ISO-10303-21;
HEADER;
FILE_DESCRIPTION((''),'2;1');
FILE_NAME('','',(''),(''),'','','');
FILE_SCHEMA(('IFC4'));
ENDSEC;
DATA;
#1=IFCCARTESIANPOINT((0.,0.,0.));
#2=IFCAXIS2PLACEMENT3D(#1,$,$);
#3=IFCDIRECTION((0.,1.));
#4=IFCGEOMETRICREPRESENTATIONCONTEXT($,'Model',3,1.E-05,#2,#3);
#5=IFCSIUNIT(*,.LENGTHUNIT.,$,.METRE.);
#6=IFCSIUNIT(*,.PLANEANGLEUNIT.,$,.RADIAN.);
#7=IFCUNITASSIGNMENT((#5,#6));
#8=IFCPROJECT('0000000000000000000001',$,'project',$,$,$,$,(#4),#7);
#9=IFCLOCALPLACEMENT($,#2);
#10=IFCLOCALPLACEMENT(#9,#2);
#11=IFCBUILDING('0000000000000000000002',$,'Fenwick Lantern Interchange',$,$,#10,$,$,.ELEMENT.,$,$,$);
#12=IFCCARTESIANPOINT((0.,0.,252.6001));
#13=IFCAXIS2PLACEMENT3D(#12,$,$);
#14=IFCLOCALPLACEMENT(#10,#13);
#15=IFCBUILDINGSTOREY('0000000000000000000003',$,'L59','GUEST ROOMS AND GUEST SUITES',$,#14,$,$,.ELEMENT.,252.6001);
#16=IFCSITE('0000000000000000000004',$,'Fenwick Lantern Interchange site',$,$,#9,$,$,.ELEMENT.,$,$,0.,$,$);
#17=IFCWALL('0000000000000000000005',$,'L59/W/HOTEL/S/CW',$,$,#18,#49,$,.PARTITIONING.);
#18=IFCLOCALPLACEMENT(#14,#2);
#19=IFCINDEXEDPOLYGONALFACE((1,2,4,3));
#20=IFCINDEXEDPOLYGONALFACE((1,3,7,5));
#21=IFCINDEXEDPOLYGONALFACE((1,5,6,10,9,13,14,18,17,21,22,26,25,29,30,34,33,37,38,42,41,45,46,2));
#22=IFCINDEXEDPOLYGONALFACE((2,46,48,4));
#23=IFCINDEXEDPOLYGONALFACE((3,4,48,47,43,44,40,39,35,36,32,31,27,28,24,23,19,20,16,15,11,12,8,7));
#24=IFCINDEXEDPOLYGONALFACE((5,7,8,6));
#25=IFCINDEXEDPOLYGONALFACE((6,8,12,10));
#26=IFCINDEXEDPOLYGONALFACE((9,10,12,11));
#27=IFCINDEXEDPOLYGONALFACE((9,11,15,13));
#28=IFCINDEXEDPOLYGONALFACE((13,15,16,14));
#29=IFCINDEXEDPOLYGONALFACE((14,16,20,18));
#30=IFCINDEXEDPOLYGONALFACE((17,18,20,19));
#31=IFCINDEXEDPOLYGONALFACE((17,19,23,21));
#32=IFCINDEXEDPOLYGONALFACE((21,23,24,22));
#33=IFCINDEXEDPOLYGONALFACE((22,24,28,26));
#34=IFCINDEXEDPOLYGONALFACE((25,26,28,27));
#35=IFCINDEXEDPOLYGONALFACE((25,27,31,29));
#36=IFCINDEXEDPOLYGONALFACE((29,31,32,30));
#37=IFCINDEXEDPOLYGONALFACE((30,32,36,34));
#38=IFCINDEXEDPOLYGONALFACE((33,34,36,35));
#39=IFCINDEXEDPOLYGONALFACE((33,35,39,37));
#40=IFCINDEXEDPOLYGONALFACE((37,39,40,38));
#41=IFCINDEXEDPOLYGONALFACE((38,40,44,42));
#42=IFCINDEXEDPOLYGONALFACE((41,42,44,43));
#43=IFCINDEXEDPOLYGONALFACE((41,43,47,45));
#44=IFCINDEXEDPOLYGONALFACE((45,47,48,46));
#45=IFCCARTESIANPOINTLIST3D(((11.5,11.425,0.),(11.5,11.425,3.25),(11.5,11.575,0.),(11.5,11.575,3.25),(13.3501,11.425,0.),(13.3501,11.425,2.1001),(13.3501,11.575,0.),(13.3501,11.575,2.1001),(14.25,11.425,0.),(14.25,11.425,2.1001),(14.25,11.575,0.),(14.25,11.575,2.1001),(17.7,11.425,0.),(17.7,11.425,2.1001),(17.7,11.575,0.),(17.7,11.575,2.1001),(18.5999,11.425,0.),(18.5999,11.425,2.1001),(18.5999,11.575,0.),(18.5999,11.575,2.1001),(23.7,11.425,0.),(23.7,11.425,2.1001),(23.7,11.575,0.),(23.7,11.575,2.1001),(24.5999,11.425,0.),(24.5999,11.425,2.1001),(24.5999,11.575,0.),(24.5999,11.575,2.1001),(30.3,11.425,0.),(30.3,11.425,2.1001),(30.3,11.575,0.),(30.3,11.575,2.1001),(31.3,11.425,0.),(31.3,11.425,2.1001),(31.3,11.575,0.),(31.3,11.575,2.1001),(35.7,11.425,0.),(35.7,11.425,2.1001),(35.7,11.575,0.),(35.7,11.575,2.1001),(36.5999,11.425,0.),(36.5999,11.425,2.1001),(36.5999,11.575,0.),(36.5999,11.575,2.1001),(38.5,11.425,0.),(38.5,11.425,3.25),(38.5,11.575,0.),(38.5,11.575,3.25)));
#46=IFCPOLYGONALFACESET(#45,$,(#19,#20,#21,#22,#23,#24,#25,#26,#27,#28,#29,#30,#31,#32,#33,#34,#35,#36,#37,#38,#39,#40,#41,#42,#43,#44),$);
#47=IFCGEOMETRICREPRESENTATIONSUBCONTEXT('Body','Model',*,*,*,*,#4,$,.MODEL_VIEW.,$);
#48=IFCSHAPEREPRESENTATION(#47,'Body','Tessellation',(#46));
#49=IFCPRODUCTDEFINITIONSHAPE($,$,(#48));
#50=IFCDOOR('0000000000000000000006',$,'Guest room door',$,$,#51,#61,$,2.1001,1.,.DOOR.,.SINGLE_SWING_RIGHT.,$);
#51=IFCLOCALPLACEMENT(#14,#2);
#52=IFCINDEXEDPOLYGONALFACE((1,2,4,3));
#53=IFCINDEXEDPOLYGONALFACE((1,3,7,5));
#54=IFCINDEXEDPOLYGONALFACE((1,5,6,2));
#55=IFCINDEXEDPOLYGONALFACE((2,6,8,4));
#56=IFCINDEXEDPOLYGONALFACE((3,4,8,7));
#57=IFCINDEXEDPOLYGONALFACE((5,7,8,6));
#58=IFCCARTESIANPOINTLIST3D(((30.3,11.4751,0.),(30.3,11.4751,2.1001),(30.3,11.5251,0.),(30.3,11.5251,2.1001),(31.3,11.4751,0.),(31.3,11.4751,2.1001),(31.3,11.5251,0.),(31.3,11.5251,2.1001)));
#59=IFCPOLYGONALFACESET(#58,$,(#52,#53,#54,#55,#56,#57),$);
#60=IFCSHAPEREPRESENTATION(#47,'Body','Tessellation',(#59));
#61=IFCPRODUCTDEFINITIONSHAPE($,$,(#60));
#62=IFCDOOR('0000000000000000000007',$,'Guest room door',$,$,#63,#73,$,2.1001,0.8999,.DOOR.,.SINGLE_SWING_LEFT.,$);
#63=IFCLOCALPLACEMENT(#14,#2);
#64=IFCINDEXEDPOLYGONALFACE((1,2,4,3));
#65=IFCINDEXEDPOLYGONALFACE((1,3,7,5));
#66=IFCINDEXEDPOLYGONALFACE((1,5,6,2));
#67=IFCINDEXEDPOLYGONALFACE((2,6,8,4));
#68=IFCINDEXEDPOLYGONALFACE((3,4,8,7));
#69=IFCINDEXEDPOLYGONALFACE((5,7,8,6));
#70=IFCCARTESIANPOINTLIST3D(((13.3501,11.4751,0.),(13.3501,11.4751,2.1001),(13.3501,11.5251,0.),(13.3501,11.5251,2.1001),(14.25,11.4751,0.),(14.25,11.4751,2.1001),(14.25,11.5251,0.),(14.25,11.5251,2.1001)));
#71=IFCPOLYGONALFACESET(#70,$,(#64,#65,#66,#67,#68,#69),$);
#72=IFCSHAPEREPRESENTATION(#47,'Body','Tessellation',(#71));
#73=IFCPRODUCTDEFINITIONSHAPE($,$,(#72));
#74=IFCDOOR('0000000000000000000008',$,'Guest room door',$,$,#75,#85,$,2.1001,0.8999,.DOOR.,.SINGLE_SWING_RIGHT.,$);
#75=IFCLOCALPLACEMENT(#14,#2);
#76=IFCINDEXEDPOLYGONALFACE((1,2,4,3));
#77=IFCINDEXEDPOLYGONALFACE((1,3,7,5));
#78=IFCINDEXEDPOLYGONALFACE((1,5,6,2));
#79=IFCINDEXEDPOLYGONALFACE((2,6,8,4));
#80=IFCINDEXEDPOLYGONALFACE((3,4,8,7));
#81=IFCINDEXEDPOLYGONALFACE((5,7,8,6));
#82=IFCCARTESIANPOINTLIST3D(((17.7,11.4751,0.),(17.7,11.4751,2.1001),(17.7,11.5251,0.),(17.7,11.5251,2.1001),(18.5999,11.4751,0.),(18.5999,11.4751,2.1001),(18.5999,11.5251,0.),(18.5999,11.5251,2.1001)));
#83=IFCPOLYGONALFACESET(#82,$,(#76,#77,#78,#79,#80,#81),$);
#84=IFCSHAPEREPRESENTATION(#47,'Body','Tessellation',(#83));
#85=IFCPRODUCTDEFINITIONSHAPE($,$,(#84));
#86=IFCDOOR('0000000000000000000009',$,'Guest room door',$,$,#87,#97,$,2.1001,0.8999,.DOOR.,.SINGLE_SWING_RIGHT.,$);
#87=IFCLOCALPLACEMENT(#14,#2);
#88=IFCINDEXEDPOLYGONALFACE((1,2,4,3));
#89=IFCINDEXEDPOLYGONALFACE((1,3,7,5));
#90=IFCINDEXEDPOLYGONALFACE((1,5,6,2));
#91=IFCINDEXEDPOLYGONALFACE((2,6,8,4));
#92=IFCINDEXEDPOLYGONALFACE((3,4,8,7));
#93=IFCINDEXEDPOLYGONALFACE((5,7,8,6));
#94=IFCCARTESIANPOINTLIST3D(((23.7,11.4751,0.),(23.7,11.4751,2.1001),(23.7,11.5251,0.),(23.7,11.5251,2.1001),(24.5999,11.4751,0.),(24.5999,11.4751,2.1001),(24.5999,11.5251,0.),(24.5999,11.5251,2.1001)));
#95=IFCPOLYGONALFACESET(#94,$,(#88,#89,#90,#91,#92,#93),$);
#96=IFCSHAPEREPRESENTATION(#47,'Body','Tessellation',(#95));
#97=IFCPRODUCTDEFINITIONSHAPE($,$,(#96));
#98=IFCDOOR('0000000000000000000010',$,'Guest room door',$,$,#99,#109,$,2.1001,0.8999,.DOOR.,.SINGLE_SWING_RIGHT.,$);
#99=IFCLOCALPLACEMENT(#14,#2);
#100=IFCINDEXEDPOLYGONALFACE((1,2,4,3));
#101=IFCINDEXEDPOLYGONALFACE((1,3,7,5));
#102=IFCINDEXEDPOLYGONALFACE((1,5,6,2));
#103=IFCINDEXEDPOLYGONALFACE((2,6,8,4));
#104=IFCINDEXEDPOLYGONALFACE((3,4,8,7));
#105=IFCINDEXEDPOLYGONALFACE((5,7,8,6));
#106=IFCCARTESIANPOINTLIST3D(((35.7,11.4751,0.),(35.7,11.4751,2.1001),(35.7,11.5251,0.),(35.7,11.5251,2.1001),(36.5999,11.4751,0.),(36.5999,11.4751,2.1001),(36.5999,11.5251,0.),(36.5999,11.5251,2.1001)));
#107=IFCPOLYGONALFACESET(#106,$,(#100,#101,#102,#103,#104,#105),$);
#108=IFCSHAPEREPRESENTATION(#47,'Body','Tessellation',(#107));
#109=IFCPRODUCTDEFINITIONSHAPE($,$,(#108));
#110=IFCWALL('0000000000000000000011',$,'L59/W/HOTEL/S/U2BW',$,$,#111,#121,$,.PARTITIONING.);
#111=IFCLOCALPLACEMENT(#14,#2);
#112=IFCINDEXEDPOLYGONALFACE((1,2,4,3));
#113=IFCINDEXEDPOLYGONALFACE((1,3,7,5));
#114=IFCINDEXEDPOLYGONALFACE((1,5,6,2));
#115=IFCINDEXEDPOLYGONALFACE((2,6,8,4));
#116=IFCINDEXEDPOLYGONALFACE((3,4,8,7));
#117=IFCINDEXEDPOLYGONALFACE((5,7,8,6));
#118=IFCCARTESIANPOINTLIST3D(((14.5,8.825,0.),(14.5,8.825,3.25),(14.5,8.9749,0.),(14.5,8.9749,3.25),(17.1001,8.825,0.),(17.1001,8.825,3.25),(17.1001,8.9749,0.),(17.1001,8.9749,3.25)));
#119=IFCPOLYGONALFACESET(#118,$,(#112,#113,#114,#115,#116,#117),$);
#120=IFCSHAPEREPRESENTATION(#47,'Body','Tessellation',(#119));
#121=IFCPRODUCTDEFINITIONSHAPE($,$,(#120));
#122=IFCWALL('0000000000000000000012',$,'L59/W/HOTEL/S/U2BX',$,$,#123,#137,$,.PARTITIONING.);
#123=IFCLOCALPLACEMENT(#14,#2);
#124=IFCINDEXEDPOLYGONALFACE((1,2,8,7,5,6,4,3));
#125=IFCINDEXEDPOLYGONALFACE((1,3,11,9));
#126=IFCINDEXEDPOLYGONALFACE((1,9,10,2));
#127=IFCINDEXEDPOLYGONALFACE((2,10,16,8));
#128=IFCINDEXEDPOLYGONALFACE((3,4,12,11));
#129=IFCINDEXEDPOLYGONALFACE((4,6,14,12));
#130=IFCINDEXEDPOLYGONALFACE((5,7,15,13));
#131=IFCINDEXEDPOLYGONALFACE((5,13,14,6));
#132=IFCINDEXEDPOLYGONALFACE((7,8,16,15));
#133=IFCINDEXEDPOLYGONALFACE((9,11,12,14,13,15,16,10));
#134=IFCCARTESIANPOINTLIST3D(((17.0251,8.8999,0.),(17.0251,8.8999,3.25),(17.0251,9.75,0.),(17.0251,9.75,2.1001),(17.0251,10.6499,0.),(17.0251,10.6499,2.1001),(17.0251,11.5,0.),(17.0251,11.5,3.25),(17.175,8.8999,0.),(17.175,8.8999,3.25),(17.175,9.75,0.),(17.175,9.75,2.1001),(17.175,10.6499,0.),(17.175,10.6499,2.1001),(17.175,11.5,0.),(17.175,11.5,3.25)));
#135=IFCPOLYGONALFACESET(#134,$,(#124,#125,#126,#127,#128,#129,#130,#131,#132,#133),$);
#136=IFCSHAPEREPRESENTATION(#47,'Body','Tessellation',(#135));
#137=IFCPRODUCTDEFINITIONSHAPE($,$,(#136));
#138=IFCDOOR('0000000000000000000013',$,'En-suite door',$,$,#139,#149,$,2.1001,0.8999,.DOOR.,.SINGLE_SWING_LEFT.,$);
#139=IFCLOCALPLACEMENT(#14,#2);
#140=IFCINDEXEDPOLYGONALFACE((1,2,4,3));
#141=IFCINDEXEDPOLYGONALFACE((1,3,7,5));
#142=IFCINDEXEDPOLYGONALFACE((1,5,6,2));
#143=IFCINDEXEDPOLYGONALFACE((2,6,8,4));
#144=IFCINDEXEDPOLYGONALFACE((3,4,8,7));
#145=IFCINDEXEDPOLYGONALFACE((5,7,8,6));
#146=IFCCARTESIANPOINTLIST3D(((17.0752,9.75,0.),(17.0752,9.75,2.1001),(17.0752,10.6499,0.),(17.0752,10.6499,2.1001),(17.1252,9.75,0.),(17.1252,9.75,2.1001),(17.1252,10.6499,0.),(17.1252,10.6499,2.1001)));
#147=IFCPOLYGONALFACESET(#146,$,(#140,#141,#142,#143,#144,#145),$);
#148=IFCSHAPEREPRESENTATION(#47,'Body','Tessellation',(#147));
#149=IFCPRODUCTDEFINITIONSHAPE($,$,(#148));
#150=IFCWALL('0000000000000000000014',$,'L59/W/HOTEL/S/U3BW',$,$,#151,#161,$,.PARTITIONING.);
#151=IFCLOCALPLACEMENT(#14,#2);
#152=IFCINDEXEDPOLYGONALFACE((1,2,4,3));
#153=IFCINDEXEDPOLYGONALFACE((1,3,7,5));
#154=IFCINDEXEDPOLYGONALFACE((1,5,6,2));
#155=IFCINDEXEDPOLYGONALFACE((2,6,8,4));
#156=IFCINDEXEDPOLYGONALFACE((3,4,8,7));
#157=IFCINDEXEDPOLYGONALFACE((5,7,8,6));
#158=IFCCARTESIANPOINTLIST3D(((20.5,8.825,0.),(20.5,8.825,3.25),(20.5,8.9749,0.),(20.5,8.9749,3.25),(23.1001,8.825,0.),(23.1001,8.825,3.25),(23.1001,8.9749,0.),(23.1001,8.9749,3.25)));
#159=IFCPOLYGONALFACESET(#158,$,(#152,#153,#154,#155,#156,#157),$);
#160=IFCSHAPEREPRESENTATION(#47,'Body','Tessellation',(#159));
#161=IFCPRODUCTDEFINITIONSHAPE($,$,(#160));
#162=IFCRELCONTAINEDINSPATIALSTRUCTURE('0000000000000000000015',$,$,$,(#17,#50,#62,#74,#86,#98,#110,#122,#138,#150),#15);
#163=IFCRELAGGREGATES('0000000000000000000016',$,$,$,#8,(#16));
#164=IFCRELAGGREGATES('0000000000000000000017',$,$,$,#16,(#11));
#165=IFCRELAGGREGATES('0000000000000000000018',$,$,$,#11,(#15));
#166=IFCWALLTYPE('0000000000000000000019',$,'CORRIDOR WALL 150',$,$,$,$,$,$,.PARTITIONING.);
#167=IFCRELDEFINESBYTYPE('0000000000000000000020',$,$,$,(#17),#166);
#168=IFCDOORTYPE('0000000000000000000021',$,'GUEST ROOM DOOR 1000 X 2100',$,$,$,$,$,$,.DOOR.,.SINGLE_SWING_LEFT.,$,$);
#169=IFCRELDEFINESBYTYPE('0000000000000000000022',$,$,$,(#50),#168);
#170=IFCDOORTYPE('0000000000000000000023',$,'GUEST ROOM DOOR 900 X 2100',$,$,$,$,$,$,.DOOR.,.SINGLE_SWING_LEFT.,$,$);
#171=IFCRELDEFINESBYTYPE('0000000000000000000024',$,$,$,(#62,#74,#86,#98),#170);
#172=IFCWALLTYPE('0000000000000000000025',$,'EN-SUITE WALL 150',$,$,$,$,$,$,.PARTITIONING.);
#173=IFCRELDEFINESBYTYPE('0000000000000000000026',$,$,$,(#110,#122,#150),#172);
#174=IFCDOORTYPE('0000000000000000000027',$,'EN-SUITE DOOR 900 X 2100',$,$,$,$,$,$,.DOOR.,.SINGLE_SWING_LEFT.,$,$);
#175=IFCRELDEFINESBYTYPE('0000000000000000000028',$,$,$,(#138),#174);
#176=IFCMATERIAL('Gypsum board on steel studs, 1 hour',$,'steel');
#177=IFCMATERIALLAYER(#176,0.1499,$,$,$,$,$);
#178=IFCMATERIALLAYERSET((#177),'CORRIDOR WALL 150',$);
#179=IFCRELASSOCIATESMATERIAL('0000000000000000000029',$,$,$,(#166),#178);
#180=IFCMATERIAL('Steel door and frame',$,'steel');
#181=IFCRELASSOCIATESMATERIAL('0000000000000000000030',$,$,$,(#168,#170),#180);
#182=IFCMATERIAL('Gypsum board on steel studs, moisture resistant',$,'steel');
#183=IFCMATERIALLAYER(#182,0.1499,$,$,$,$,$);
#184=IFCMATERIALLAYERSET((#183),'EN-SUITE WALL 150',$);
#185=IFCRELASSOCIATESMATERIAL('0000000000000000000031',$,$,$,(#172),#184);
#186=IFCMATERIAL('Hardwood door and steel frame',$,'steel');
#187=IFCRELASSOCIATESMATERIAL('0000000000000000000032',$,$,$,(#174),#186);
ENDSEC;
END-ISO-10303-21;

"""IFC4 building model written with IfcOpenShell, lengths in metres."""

from ifc_helpers import new_model, si_unit, direction, frame, frame_2d, origin, place, context, subcontext, project, spatial, rectangle, extrude, material, layer, layer_set, type_object, element, fill, save


model = new_model("IFC4")

# Units and contexts
model_context = context("Model", 3, precision=1e-05, world=origin(), true_north=direction((0.0, 1.0)))
body_context = subcontext(model_context, "Body", "Model", "MODEL_VIEW")
ifc_project = project(units=[si_unit("LENGTHUNIT", "METRE"), si_unit("PLANEANGLEUNIT", "RADIAN")], contexts=[model_context])

# Site, building, storey
site_placement = place(None, origin())
site = spatial("IfcSite", under=ifc_project, at=site_placement, Name="Fenwick Lantern Interchange site", CompositionType="ELEMENT", RefElevation=0.0)
building_placement = place(site_placement, origin())
building = spatial("IfcBuilding", under=site, at=building_placement, Name="Fenwick Lantern Interchange", CompositionType="ELEMENT")
storey_placement = place(building_placement, frame((0.0, 0.0, 252.6001)))
storey = spatial("IfcBuildingStorey", under=building, at=storey_placement, Name="L59", Description="GUEST ROOMS AND GUEST SUITES", CompositionType="ELEMENT", Elevation=252.6001)

# Wall, openings, doors
ifc_material_1 = material(Name="Steel door and frame", Category="steel")
ifc_material_2 = material(Name="Hardwood door and steel frame", Category="steel")
ifc_material_3 = material(Name="Gypsum board on steel studs, 1 hour", Category="steel")
ifc_layer_1 = layer(ifc_material_3, 0.1499)
ifc_layer_set_1 = layer_set([ifc_layer_1], Name="CORRIDOR WALL 150")
wall_type_1 = type_object("IfcWallType", Name="CORRIDOR WALL 150", PredefinedType="PARTITIONING", material=ifc_layer_set_1)
wall_1_placement = place(storey_placement, frame((11.5, 11.5, 0.0), z_axis=(0.0, 0.0, 1.0), x_axis=(1.0, 0.0, 0.0)))
wall_1 = element("IfcWall", 1, at=wall_1_placement, inside=storey, type_object=wall_type_1, Name="L59/W/HOTEL/S/CW", PredefinedType="PARTITIONING", context=body_context, shape_type="SweptSolid", body=[
    extrude(rectangle(XDim=27.0, YDim=0.1499, at=frame_2d((13.5, 0.0))), origin(), (0.0, 0.0, 1.0), 3.25),
])
opening_1_placement = place(wall_1_placement, frame((1.8501, 0.0, 0.0)))
opening_1 = element("IfcOpeningElement", 2, at=opening_1_placement, cuts=wall_1, PredefinedType="OPENING", context=body_context, shape_type="SweptSolid", body=[
    extrude(rectangle(XDim=0.8999, YDim=2.1001, at=frame_2d((0.45, 1.05))), frame((0.0, 0.085, 0.0), z_axis=(0.0, -1.0, 0.0), x_axis=(1.0, 0.0, 0.0)), (0.0, 0.0, 1.0), 0.1699),
])
opening_2_placement = place(wall_1_placement, frame((6.2, 0.0, 0.0)))
opening_2 = element("IfcOpeningElement", 3, at=opening_2_placement, cuts=wall_1, PredefinedType="OPENING", context=body_context, shape_type="SweptSolid", body=[
    extrude(rectangle(XDim=0.8999, YDim=2.1001, at=frame_2d((0.45, 1.05))), frame((0.0, 0.085, 0.0), z_axis=(0.0, -1.0, 0.0), x_axis=(1.0, 0.0, 0.0)), (0.0, 0.0, 1.0), 0.1699),
])
opening_3_placement = place(wall_1_placement, frame((12.2, 0.0, 0.0)))
opening_3 = element("IfcOpeningElement", 4, at=opening_3_placement, cuts=wall_1, PredefinedType="OPENING", context=body_context, shape_type="SweptSolid", body=[
    extrude(rectangle(XDim=0.8999, YDim=2.1001, at=frame_2d((0.45, 1.05))), frame((0.0, 0.085, 0.0), z_axis=(0.0, -1.0, 0.0), x_axis=(1.0, 0.0, 0.0)), (0.0, 0.0, 1.0), 0.1699),
])
opening_4_placement = place(wall_1_placement, frame((18.8, 0.0, 0.0)))
opening_4 = element("IfcOpeningElement", 5, at=opening_4_placement, cuts=wall_1, PredefinedType="OPENING", context=body_context, shape_type="SweptSolid", body=[
    extrude(rectangle(XDim=1.0, YDim=2.1001, at=frame_2d((0.5, 1.05))), frame((0.0, 0.085, 0.0), z_axis=(0.0, -1.0, 0.0), x_axis=(1.0, 0.0, 0.0)), (0.0, 0.0, 1.0), 0.1699),
])
opening_5_placement = place(wall_1_placement, frame((24.2, 0.0, 0.0)))
opening_5 = element("IfcOpeningElement", 6, at=opening_5_placement, cuts=wall_1, PredefinedType="OPENING", context=body_context, shape_type="SweptSolid", body=[
    extrude(rectangle(XDim=0.8999, YDim=2.1001, at=frame_2d((0.45, 1.05))), frame((0.0, 0.085, 0.0), z_axis=(0.0, -1.0, 0.0), x_axis=(1.0, 0.0, 0.0)), (0.0, 0.0, 1.0), 0.1699),
])
door_type_1 = type_object("IfcDoorType", Name="GUEST ROOM DOOR 1000 X 2100", OperationType="SINGLE_SWING_LEFT", PredefinedType="DOOR", material=ifc_material_1)
door_1_placement = place(opening_4_placement, frame((1.0, 0.0, 0.0), z_axis=(0.0, 0.0, 1.0), x_axis=(-1.0, 0.0, 0.0)))
door_1 = element("IfcDoor", 7, at=door_1_placement, inside=storey, type_object=door_type_1, Name="Guest room door", OperationType="SINGLE_SWING_RIGHT", OverallHeight=2.1001, OverallWidth=1.0, PredefinedType="DOOR", context=body_context, shape_type="SweptSolid", body=[
    extrude(rectangle(XDim=1.0, YDim=2.1001, at=frame_2d((0.5, 1.05))), frame((0.0, 0.0249, 0.0), z_axis=(0.0, -1.0, 0.0), x_axis=(1.0, 0.0, 0.0)), (0.0, 0.0, 1.0), 0.05),
])
fill(opening_4, door_1)
door_type_2 = type_object("IfcDoorType", Name="GUEST ROOM DOOR 900 X 2100", OperationType="SINGLE_SWING_LEFT", PredefinedType="DOOR", material=ifc_material_1)
door_2_placement = place(opening_1_placement, frame((0.8999, 0.0, 0.0), z_axis=(0.0, 0.0, 1.0), x_axis=(-1.0, 0.0, 0.0)))
door_2 = element("IfcDoor", 8, at=door_2_placement, inside=storey, type_object=door_type_2, Name="Guest room door", OperationType="SINGLE_SWING_LEFT", OverallHeight=2.1001, OverallWidth=0.8999, PredefinedType="DOOR", context=body_context, shape_type="SweptSolid", body=[
    extrude(rectangle(XDim=0.8999, YDim=2.1001, at=frame_2d((0.45, 1.05))), frame((0.0, 0.0249, 0.0), z_axis=(0.0, -1.0, 0.0), x_axis=(1.0, 0.0, 0.0)), (0.0, 0.0, 1.0), 0.05),
])
fill(opening_1, door_2)
door_3_placement = place(opening_2_placement, frame((0.8999, 0.0, 0.0), z_axis=(0.0, 0.0, 1.0), x_axis=(-1.0, 0.0, 0.0)))
door_3 = element("IfcDoor", 9, at=door_3_placement, inside=storey, type_object=door_type_2, Name="Guest room door", OperationType="SINGLE_SWING_RIGHT", OverallHeight=2.1001, OverallWidth=0.8999, PredefinedType="DOOR", context=body_context, shape_type="SweptSolid", body=[
    extrude(rectangle(XDim=0.8999, YDim=2.1001, at=frame_2d((0.45, 1.05))), frame((0.0, 0.0249, 0.0), z_axis=(0.0, -1.0, 0.0), x_axis=(1.0, 0.0, 0.0)), (0.0, 0.0, 1.0), 0.05),
])
fill(opening_2, door_3)
door_4_placement = place(opening_3_placement, frame((0.8999, 0.0, 0.0), z_axis=(0.0, 0.0, 1.0), x_axis=(-1.0, 0.0, 0.0)))
door_4 = element("IfcDoor", 10, at=door_4_placement, inside=storey, type_object=door_type_2, Name="Guest room door", OperationType="SINGLE_SWING_RIGHT", OverallHeight=2.1001, OverallWidth=0.8999, PredefinedType="DOOR", context=body_context, shape_type="SweptSolid", body=[
    extrude(rectangle(XDim=0.8999, YDim=2.1001, at=frame_2d((0.45, 1.05))), frame((0.0, 0.0249, 0.0), z_axis=(0.0, -1.0, 0.0), x_axis=(1.0, 0.0, 0.0)), (0.0, 0.0, 1.0), 0.05),
])
fill(opening_3, door_4)
door_5_placement = place(opening_5_placement, frame((0.8999, 0.0, 0.0), z_axis=(0.0, 0.0, 1.0), x_axis=(-1.0, 0.0, 0.0)))
door_5 = element("IfcDoor", 11, at=door_5_placement, inside=storey, type_object=door_type_2, Name="Guest room door", OperationType="SINGLE_SWING_RIGHT", OverallHeight=2.1001, OverallWidth=0.8999, PredefinedType="DOOR", context=body_context, shape_type="SweptSolid", body=[
    extrude(rectangle(XDim=0.8999, YDim=2.1001, at=frame_2d((0.45, 1.05))), frame((0.0, 0.0249, 0.0), z_axis=(0.0, -1.0, 0.0), x_axis=(1.0, 0.0, 0.0)), (0.0, 0.0, 1.0), 0.05),
])
fill(opening_5, door_5)

# Wall
ifc_material_4 = material(Name="Gypsum board on steel studs, moisture resistant", Category="steel")
ifc_layer_2 = layer(ifc_material_4, 0.1499)
ifc_layer_set_2 = layer_set([ifc_layer_2], Name="EN-SUITE WALL 150")
wall_type_2 = type_object("IfcWallType", Name="EN-SUITE WALL 150", PredefinedType="PARTITIONING", material=ifc_layer_set_2)
wall_2_placement = place(storey_placement, frame((14.5, 8.8999, 0.0), z_axis=(0.0, 0.0, 1.0), x_axis=(1.0, 0.0, 0.0)))
element("IfcWall", 12, at=wall_2_placement, inside=storey, type_object=wall_type_2, Name="L59/W/HOTEL/S/U2BW", PredefinedType="PARTITIONING", context=body_context, shape_type="SweptSolid", body=[
    extrude(rectangle(XDim=2.6001, YDim=0.1499, at=frame_2d((1.3, 0.0))), origin(), (0.0, 0.0, 1.0), 3.25),
])

# Wall, opening, door
wall_3_placement = place(storey_placement, frame((17.1001, 8.8999, 0.0), z_axis=(0.0, 0.0, 1.0), x_axis=(0.0, 1.0, 0.0)))
wall_3 = element("IfcWall", 13, at=wall_3_placement, inside=storey, type_object=wall_type_2, Name="L59/W/HOTEL/S/U2BX", PredefinedType="PARTITIONING", context=body_context, shape_type="SweptSolid", body=[
    extrude(rectangle(XDim=2.6001, YDim=0.1499, at=frame_2d((1.3, 0.0))), origin(), (0.0, 0.0, 1.0), 3.25),
])
opening_6_placement = place(wall_3_placement, frame((0.8501, 0.0, 0.0)))
opening_6 = element("IfcOpeningElement", 14, at=opening_6_placement, cuts=wall_3, PredefinedType="OPENING", context=body_context, shape_type="SweptSolid", body=[
    extrude(rectangle(XDim=0.8999, YDim=2.1001, at=frame_2d((0.45, 1.05))), frame((0.0, 0.085, 0.0), z_axis=(0.0, -1.0, 0.0), x_axis=(1.0, 0.0, 0.0)), (0.0, 0.0, 1.0), 0.1699),
])
door_type_3 = type_object("IfcDoorType", Name="EN-SUITE DOOR 900 X 2100", OperationType="SINGLE_SWING_LEFT", PredefinedType="DOOR", material=ifc_material_2)
door_6_placement = place(opening_6_placement, origin())
door_6 = element("IfcDoor", 15, at=door_6_placement, inside=storey, type_object=door_type_3, Name="En-suite door", OperationType="SINGLE_SWING_LEFT", OverallHeight=2.1001, OverallWidth=0.8999, PredefinedType="DOOR", context=body_context, shape_type="SweptSolid", body=[
    extrude(rectangle(XDim=0.8999, YDim=2.1001, at=frame_2d((0.45, 1.05))), frame((0.0, 0.0249, 0.0), z_axis=(0.0, -1.0, 0.0), x_axis=(1.0, 0.0, 0.0)), (0.0, 0.0, 1.0), 0.05),
])
fill(opening_6, door_6)

# Wall
wall_4_placement = place(storey_placement, frame((20.5, 8.8999, 0.0), z_axis=(0.0, 0.0, 1.0), x_axis=(1.0, 0.0, 0.0)))
element("IfcWall", 16, at=wall_4_placement, inside=storey, type_object=wall_type_2, Name="L59/W/HOTEL/S/U3BW", PredefinedType="PARTITIONING", context=body_context, shape_type="SweptSolid", body=[
    extrude(rectangle(XDim=2.6001, YDim=0.1499, at=frame_2d((1.3, 0.0))), origin(), (0.0, 0.0, 1.0), 3.25),
])

save(model, "model.ifc")
